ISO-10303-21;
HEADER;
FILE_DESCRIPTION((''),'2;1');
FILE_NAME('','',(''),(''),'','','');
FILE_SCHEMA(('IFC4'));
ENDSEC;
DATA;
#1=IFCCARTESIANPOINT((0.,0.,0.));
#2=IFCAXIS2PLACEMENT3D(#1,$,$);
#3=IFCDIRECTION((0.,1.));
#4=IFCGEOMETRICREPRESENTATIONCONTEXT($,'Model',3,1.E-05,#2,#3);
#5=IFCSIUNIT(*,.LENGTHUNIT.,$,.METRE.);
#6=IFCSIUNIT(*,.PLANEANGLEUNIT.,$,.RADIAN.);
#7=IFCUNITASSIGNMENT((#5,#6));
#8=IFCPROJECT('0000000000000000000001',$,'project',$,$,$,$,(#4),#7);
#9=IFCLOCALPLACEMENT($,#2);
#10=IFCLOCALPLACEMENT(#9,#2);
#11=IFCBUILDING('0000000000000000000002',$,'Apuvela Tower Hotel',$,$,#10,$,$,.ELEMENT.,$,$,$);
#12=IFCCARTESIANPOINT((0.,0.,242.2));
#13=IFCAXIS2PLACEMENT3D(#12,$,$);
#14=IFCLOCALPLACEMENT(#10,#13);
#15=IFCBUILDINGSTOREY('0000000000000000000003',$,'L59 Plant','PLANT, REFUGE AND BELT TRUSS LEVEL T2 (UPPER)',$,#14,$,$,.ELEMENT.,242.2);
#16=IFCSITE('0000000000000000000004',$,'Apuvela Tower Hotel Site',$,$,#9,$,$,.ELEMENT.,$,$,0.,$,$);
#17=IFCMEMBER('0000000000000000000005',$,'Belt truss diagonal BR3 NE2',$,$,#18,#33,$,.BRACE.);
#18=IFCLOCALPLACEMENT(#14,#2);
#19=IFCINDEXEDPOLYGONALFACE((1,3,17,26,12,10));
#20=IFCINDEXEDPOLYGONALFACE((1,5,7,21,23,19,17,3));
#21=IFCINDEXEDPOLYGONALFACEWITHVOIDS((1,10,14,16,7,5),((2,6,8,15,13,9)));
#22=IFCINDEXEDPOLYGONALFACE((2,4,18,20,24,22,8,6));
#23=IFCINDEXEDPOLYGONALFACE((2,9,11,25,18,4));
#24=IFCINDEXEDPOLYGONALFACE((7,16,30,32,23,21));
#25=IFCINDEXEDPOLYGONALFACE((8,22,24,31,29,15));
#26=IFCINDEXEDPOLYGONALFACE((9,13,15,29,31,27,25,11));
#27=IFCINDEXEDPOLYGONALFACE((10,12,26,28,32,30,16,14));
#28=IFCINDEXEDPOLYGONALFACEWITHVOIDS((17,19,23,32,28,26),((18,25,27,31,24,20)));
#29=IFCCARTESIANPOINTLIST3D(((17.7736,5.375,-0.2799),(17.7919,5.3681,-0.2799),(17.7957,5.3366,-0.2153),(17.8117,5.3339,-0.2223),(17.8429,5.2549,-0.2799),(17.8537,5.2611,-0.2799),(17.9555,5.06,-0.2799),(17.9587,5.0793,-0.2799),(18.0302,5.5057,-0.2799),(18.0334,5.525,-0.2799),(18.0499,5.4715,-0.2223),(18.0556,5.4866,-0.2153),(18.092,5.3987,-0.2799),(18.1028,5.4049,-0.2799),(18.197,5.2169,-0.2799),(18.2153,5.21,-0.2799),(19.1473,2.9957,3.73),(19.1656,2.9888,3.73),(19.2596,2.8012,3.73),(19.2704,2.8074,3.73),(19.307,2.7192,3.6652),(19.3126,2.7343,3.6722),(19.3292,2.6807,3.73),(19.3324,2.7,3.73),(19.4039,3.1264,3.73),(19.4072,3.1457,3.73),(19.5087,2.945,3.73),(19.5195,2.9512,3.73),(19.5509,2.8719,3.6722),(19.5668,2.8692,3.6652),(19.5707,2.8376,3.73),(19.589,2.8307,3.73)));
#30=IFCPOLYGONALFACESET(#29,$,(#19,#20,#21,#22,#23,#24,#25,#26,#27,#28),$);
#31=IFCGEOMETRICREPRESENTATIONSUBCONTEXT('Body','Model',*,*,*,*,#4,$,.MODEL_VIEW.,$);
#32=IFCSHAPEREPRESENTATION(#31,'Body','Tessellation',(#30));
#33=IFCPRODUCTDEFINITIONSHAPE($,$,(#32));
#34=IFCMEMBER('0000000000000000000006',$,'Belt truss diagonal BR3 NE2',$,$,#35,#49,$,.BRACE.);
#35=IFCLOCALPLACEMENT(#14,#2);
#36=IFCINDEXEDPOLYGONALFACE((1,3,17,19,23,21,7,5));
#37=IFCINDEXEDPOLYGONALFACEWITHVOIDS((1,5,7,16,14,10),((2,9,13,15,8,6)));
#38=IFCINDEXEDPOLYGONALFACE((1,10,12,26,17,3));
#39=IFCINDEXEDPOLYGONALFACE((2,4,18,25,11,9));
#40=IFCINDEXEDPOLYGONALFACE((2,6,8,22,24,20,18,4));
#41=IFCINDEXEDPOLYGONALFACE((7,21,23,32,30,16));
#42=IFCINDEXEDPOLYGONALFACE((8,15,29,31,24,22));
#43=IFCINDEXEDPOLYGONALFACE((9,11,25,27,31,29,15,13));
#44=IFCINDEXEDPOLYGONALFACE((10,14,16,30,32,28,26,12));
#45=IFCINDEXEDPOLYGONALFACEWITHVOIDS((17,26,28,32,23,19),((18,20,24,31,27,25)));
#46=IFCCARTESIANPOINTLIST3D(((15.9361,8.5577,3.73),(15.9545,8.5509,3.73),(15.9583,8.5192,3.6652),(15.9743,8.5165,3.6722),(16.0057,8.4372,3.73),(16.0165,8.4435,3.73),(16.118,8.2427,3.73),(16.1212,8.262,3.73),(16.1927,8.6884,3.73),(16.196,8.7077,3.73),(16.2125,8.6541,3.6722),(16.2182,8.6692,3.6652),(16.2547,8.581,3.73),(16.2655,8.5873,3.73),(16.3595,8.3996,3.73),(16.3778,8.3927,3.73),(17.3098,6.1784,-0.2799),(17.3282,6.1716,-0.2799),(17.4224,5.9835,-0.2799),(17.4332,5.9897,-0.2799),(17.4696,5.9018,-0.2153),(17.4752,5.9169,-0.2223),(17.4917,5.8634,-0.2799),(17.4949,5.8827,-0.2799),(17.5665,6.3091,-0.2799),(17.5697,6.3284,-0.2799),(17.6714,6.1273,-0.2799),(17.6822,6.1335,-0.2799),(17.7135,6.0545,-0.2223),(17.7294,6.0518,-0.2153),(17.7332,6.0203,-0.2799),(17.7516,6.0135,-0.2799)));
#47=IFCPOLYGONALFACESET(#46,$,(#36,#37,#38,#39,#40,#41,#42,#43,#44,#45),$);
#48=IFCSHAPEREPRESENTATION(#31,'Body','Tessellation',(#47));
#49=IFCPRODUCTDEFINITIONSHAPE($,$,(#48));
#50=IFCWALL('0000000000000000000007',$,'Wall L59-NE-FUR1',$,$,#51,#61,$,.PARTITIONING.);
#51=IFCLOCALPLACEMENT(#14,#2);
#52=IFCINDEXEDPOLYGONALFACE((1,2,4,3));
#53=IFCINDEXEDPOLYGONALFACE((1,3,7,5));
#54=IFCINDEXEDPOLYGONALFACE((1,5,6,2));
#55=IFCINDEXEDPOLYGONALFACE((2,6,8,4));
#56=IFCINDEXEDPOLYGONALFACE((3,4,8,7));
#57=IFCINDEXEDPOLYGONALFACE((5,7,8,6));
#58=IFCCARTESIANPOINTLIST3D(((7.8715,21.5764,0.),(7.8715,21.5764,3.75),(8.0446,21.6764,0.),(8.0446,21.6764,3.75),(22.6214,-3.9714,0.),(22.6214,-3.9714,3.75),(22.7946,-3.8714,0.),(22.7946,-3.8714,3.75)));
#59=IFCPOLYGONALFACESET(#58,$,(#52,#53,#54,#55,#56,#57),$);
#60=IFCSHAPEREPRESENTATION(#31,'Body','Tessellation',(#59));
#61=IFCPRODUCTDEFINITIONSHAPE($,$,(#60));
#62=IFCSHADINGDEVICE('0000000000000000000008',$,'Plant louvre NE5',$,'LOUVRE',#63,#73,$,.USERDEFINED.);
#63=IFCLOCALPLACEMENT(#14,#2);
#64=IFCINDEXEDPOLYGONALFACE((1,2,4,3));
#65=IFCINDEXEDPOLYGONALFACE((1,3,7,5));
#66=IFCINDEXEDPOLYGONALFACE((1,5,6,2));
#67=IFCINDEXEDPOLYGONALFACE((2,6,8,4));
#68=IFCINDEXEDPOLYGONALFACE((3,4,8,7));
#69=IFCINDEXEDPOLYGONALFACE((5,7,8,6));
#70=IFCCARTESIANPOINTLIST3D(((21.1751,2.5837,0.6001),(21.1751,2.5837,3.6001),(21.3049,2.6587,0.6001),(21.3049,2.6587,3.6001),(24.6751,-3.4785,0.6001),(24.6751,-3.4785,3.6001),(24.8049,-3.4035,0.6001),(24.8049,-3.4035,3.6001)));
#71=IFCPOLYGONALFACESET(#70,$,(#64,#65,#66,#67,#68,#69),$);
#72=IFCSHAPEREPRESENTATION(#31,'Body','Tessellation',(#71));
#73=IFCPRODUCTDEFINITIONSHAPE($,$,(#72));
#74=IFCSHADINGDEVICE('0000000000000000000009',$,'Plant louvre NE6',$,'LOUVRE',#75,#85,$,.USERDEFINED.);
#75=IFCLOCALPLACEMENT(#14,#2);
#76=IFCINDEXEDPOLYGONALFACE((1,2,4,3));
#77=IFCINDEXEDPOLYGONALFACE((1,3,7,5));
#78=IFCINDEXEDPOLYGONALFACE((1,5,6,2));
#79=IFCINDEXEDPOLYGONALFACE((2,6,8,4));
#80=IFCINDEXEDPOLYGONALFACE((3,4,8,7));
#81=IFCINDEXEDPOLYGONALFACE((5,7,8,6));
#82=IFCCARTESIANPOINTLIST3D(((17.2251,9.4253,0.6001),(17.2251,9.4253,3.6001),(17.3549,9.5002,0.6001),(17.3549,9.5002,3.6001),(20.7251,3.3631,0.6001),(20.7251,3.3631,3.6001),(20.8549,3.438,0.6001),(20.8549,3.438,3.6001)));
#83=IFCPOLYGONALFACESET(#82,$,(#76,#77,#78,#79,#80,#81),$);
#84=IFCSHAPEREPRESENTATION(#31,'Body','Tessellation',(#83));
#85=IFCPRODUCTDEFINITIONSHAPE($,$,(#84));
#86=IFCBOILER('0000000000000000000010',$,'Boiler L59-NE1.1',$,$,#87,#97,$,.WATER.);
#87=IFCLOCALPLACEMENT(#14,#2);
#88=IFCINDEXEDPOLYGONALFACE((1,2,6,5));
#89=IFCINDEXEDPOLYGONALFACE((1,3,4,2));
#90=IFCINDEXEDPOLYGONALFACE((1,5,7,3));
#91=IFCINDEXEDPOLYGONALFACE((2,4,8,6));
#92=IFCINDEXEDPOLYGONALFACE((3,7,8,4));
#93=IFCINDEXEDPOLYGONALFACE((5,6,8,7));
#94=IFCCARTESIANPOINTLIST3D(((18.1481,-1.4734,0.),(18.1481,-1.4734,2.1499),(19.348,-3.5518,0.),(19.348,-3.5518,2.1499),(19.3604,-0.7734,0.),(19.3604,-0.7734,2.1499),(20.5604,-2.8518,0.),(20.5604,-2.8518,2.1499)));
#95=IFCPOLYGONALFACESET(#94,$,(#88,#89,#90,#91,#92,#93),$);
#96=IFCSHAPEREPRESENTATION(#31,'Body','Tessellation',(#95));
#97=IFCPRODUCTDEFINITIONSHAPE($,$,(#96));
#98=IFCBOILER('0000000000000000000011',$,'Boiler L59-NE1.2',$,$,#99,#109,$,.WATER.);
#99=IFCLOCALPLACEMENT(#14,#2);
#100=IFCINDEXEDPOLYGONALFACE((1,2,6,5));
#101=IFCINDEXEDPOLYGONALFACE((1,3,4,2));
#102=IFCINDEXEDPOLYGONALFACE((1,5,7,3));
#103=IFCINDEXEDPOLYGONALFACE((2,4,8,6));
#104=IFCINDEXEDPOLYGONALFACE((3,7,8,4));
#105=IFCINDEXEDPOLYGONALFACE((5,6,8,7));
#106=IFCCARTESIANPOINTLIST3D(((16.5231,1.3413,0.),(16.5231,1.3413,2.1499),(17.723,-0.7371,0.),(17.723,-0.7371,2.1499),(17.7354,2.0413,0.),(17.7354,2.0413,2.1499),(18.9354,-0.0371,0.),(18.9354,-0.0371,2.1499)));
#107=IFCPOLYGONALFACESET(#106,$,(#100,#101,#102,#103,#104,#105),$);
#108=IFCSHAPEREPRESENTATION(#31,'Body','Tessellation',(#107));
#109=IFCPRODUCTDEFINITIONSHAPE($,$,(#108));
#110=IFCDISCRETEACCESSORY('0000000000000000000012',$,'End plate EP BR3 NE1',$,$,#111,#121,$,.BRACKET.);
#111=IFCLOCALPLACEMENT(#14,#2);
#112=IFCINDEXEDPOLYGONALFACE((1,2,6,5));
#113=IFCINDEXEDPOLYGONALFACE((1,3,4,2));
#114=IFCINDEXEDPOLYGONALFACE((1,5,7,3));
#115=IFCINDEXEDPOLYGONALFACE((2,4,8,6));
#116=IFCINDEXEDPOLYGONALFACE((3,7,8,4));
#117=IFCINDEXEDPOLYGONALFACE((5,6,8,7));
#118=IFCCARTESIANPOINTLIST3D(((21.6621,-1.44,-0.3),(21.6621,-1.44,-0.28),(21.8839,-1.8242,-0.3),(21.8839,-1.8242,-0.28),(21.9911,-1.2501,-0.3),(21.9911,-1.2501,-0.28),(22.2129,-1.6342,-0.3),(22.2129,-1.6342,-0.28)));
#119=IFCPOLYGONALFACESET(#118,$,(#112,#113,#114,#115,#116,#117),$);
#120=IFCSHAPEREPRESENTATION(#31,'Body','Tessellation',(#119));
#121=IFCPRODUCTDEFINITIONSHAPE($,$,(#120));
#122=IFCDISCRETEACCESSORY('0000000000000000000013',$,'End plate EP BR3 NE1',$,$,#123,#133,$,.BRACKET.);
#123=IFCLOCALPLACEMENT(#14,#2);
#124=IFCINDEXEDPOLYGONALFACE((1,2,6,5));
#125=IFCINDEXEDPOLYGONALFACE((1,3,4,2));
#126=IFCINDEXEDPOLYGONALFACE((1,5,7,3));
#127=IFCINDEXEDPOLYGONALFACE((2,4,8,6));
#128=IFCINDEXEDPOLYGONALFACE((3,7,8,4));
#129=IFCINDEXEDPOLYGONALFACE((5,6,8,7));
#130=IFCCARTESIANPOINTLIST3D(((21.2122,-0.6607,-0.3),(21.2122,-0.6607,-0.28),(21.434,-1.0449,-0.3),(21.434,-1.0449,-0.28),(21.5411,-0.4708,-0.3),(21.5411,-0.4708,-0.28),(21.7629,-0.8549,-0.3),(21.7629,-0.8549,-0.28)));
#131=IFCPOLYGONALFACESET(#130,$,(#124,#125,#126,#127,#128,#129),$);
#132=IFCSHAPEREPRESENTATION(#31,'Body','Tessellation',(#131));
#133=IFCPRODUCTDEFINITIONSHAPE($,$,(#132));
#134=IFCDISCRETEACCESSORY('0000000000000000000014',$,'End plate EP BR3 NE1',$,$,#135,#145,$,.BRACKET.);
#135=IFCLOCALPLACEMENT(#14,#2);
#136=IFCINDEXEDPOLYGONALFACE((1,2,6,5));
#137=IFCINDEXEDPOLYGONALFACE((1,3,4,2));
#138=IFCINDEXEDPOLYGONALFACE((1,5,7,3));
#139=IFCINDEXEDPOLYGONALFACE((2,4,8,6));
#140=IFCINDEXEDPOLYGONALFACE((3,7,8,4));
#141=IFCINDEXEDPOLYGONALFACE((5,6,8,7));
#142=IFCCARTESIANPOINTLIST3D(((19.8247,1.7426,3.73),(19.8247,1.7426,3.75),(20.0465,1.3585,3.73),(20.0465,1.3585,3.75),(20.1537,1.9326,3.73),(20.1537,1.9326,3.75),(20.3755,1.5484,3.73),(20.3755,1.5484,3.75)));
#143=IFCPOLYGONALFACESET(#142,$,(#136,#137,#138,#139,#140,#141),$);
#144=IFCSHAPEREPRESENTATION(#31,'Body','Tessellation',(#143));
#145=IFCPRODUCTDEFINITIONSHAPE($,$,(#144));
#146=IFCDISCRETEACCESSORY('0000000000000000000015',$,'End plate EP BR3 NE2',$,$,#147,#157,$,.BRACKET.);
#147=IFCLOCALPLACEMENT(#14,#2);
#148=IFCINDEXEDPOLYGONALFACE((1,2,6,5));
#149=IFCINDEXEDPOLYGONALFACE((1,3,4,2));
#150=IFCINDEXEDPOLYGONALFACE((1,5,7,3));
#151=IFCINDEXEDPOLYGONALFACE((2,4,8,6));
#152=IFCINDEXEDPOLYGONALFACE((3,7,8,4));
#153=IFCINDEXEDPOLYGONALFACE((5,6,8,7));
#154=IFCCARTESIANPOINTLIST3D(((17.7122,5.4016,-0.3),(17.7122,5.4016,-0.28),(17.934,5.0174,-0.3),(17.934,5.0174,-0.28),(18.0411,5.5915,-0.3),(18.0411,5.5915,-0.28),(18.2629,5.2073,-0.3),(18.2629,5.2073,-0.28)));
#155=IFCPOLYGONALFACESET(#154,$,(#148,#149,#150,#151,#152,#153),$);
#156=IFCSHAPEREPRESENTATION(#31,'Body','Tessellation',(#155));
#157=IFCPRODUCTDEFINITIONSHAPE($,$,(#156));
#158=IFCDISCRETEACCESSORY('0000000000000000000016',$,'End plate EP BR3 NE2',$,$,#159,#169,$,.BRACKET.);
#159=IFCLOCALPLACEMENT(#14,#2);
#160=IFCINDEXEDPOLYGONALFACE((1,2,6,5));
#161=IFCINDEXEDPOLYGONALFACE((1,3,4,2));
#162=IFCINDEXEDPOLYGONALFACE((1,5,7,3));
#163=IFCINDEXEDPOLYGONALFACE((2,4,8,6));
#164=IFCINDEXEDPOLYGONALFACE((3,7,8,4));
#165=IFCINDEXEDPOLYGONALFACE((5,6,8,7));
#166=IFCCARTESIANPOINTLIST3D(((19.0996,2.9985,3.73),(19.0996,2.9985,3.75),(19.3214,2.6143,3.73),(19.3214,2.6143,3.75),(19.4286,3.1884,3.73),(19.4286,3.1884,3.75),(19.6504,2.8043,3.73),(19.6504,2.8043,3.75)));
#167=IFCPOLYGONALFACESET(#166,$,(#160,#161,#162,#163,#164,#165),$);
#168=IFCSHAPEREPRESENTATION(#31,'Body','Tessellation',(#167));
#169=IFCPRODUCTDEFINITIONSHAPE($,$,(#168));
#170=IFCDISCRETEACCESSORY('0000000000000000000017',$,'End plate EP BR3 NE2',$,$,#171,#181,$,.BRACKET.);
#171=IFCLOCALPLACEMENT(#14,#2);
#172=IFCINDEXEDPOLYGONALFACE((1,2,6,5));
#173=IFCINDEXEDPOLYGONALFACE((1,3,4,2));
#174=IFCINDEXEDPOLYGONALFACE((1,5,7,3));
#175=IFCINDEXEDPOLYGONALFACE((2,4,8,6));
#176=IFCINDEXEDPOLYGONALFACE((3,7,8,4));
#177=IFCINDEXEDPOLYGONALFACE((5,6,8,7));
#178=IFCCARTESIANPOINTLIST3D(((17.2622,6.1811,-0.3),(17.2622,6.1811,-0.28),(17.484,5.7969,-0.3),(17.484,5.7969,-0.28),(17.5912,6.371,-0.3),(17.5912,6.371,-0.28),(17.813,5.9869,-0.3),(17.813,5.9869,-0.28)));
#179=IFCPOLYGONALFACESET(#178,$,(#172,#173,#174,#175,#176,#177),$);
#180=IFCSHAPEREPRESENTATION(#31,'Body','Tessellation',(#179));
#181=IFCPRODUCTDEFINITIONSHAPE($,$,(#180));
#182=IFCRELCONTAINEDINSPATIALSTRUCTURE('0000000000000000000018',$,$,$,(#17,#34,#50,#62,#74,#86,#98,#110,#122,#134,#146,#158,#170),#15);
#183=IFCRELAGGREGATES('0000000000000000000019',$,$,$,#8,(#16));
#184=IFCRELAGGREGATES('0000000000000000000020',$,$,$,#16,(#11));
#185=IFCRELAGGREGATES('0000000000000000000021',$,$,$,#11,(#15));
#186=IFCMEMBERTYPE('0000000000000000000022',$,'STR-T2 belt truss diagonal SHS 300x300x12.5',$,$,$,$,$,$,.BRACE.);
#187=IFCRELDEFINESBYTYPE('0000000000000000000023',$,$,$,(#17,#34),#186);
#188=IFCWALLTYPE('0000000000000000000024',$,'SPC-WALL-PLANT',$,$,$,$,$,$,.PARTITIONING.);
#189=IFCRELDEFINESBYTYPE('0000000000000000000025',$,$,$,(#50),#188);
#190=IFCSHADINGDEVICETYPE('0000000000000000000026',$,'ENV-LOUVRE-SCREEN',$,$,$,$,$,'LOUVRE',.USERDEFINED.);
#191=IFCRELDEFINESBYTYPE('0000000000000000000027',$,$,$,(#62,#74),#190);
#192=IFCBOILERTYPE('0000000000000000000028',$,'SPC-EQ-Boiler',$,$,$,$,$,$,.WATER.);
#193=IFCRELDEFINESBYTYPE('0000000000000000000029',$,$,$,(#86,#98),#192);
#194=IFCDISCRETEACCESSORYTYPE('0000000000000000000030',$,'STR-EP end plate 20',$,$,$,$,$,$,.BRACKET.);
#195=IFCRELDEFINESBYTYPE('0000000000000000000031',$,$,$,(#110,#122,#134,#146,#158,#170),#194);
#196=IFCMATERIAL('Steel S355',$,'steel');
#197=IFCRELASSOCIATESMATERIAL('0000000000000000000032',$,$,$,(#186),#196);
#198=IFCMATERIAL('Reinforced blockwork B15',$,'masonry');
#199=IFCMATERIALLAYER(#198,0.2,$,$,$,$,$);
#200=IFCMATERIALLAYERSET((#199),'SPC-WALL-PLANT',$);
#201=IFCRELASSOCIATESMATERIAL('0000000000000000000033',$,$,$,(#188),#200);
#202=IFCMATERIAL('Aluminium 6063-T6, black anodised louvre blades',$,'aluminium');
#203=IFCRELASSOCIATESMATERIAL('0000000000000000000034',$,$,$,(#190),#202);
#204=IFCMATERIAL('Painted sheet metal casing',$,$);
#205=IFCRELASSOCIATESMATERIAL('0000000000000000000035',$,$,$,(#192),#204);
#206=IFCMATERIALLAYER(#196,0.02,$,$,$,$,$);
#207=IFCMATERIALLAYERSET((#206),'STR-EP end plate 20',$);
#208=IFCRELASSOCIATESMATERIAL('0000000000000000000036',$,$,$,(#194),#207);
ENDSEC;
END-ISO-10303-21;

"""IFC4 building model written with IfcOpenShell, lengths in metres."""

from ifc_helpers import new_model, si_unit, direction, frame, frame_2d, origin, origin_2d, place, context, subcontext, project, spatial, rectangle, hollow_rectangle, extrude, boolean, halfspace, material, layer, layer_set, material_profile, profile_set, type_object, element, save


model = new_model("IFC4")

# Units and contexts
model_context = context("Model", 3, precision=1e-05, world=origin(), true_north=direction((0.0, 1.0)))
body_context = subcontext(model_context, "Body", "Model", "MODEL_VIEW")
ifc_project = project(units=[si_unit("LENGTHUNIT", "METRE"), si_unit("PLANEANGLEUNIT", "RADIAN")], contexts=[model_context])

# Site, building, storey
site_placement = place(None, origin())
site = spatial("IfcSite", under=ifc_project, at=site_placement, Name="Apuvela Tower Hotel Site", CompositionType="ELEMENT", RefElevation=0.0)
building_placement = place(site_placement, origin())
building = spatial("IfcBuilding", under=site, at=building_placement, Name="Apuvela Tower Hotel", CompositionType="ELEMENT")
storey_placement = place(building_placement, frame((0.0, 0.0, 242.2)))
storey = spatial("IfcBuildingStorey", under=building, at=storey_placement, Name="L59 Plant", Description="PLANT, REFUGE AND BELT TRUSS LEVEL T2 (UPPER)", CompositionType="ELEMENT", Elevation=242.2)

# Shared definitions
ifc_material_1 = material(Name="Steel S355", Category="steel")

# Members
ifc_material_profile_1 = material_profile(ifc_material_1, hollow_rectangle(XDim=0.3, YDim=0.3, WallThickness=0.0125, at=origin_2d()), Name="SHS 300x300x12.5")
ifc_profile_set_1 = profile_set([ifc_material_profile_1], Name="Steel S355")
member_type = type_object("IfcMemberType", Name="STR-T2 belt truss diagonal SHS 300x300x12.5", PredefinedType="BRACE", material=ifc_profile_set_1)
member_1_placement = place(storey_placement, frame((17.9875, 5.3044, -0.3), z_axis=(0.282608, -0.48948, 0.82495), x_axis=(-0.412483, 0.714423, 0.565206)))
solid_1 = boolean("DIFFERENCE", boolean("DIFFERENCE", extrude(hollow_rectangle(XDim=0.3, YDim=0.3, WallThickness=0.0125, at=origin_2d()), frame((0.0, 0.0, -0.2229)), (0.0, 0.0, 1.0), 5.355), halfspace(frame((0.0, 0.0, 0.0244), z_axis=(0.565206, 0.0, 0.82495), x_axis=(0.82495, 0.0, -0.565206)), True)), halfspace(frame((0.0, 0.0, 4.8853), z_axis=(0.565206, 0.0, 0.82495), x_axis=(0.82495, 0.0, -0.565206)), False))
element("IfcMember", 1, at=member_1_placement, inside=storey, type_object=member_type, Name="Belt truss diagonal BR3 NE2", PredefinedType="BRACE", context=body_context, shape_type="SweptSolid", body=[
    boolean("UNION", boolean("DIFFERENCE", boolean("DIFFERENCE", extrude(hollow_rectangle(XDim=0.3, YDim=0.3, WallThickness=0.0125, at=origin_2d()), origin(), (0.0, 0.0, 1.0), 4.9094), halfspace(frame((0.0, 0.0, 0.0244), z_axis=(0.565206, 0.0, 0.82495), x_axis=(0.82495, 0.0, -0.565206)), True)), halfspace(frame((0.0, 0.0, 4.8853), z_axis=(0.565206, 0.0, 0.82495), x_axis=(0.82495, 0.0, -0.565206)), False)), solid_1),
])
member_2_placement = place(storey_placement, frame((17.5376, 6.084, -0.3), z_axis=(-0.282608, 0.48948, 0.82495), x_axis=(0.412483, -0.714423, 0.565206)))
solid_2 = boolean("DIFFERENCE", boolean("DIFFERENCE", extrude(hollow_rectangle(XDim=0.3, YDim=0.3, WallThickness=0.0125, at=origin_2d()), frame((0.0, 0.0, -0.2229)), (0.0, 0.0, 1.0), 5.355), halfspace(frame((0.0, 0.0, 0.0244), z_axis=(0.565206, 0.0, 0.82495), x_axis=(0.82495, 0.0, -0.565206)), True)), halfspace(frame((0.0, 0.0, 4.8853), z_axis=(0.565206, 0.0, 0.82495), x_axis=(0.82495, 0.0, -0.565206)), False))
element("IfcMember", 2, at=member_2_placement, inside=storey, type_object=member_type, Name="Belt truss diagonal BR3 NE2", PredefinedType="BRACE", context=body_context, shape_type="SweptSolid", body=[
    boolean("UNION", boolean("DIFFERENCE", boolean("DIFFERENCE", extrude(hollow_rectangle(XDim=0.3, YDim=0.3, WallThickness=0.0125, at=origin_2d()), origin(), (0.0, 0.0, 1.0), 4.9094), halfspace(frame((0.0, 0.0, 0.0244), z_axis=(0.565206, 0.0, 0.82495), x_axis=(0.82495, 0.0, -0.565206)), True)), halfspace(frame((0.0, 0.0, 4.8853), z_axis=(0.565206, 0.0, 0.82495), x_axis=(0.82495, 0.0, -0.565206)), False)), solid_2),
])

# Wall
ifc_material_2 = material(Name="Reinforced blockwork B15", Category="masonry")
ifc_layer_1 = layer(ifc_material_2, 0.2)
ifc_layer_set_1 = layer_set([ifc_layer_1], Name="SPC-WALL-PLANT")
wall_type = type_object("IfcWallType", Name="SPC-WALL-PLANT", PredefinedType="PARTITIONING", material=ifc_layer_set_1)
wall_placement = place(storey_placement, frame((22.708, -3.9214, 0.0), z_axis=(0.0, 0.0, 1.0), x_axis=(-0.499999, 0.866026, 0.0)))
element("IfcWall", 3, at=wall_placement, inside=storey, type_object=wall_type, Name="Wall L59-NE-FUR1", PredefinedType="PARTITIONING", context=body_context, shape_type="SweptSolid", body=[
    extrude(rectangle(XDim=29.5, YDim=0.2, at=frame_2d((14.75, 0.0))), origin(), (0.0, 0.0, 1.0), 3.75),
])

# Shading devices
ifc_material_3 = material(Name="Aluminium 6063-T6, black anodised louvre blades", Category="aluminium")
shading_device_type = type_object("IfcShadingDeviceType", Name="ENV-LOUVRE-SCREEN", ElementType="LOUVRE", PredefinedType="USERDEFINED", material=ifc_material_3)
for number, where, z_axis, x_axis, name in (
    (4, (22.99, -0.4099, 0.6001), (0.0, 0.0, 1.0), (-0.5, 0.866025, 0.0), "Plant louvre NE5"),
    (5, (19.04, 6.4316, 0.6001), (0.0, 0.0, 1.0), (-0.5, 0.866025, 0.0), "Plant louvre NE6"),
):
    element("IfcShadingDevice", number, at=place(storey_placement, frame(where, z_axis=z_axis, x_axis=x_axis)), inside=storey, type_object=shading_device_type, Name=name, ObjectType="LOUVRE", PredefinedType="USERDEFINED", context=body_context, shape_type="SweptSolid", body=[
        extrude(rectangle(XDim=7.0, YDim=0.1499, at=origin_2d()), origin(), (0.0, 0.0, 1.0), 3.0),
    ])

# Boilers
ifc_material_4 = material(Name="Painted sheet metal casing")
boiler_type = type_object("IfcBoilerType", Name="SPC-EQ-Boiler", PredefinedType="WATER", material=ifc_material_4)
for number, where, z_axis, x_axis, name in (
    (6, (19.3542, -2.1626, 0.0), (0.0, 0.0, 1.0), (-0.5, 0.866025, 0.0), "Boiler L59-NE1.1"),
    (7, (17.7292, 0.6521, 0.0), (0.0, 0.0, 1.0), (-0.5, 0.866025, 0.0), "Boiler L59-NE1.2"),
):
    element("IfcBoiler", number, at=place(storey_placement, frame(where, z_axis=z_axis, x_axis=x_axis)), inside=storey, type_object=boiler_type, Name=name, PredefinedType="WATER", context=body_context, shape_type="SweptSolid", body=[
        extrude(rectangle(XDim=2.3999, YDim=1.3999, at=origin_2d()), origin(), (0.0, 0.0, 1.0), 2.1499),
    ])

# Discrete accessories
ifc_layer_2 = layer(ifc_material_1, 0.02)
ifc_layer_set_2 = layer_set([ifc_layer_2], Name="STR-EP end plate 20")
discrete_accessory_type = type_object("IfcDiscreteAccessoryType", Name="STR-EP end plate 20", PredefinedType="BRACKET", material=ifc_layer_set_2)
for number, where, z_axis, x_axis, name in (
    (8, (21.9375, -1.5371, -0.3), (0.0, 0.0, 1.0), (0.5, -0.866025, 0.0), "End plate EP BR3 NE1"),
    (9, (21.4875, -0.7578, -0.3), (0.0, 0.0, 1.0), (-0.5, 0.866025, 0.0), "End plate EP BR3 NE1"),
    (10, (20.1001, 1.6455, 3.73), (0.0, 0.0, 1.0), (-0.5, 0.866025, 0.0), "End plate EP BR3 NE1"),
    (11, (17.9875, 5.3044, -0.3), (0.0, 0.0, 1.0), (0.5, -0.866025, 0.0), "End plate EP BR3 NE2"),
    (12, (19.375, 2.9014, 3.73), (0.0, 0.0, 1.0), (0.5, -0.866025, 0.0), "End plate EP BR3 NE2"),
    (13, (17.5376, 6.084, -0.3), (0.0, 0.0, 1.0), (-0.5, 0.866025, 0.0), "End plate EP BR3 NE2"),
):
    element("IfcDiscreteAccessory", number, at=place(storey_placement, frame(where, z_axis=z_axis, x_axis=x_axis)), inside=storey, type_object=discrete_accessory_type, Name=name, PredefinedType="BRACKET", context=body_context, shape_type="SweptSolid", body=[
        extrude(rectangle(XDim=0.4436, YDim=0.3799, at=origin_2d()), origin(), (0.0, 0.0, 1.0), 0.02),
    ])

save(model, "model.ifc")
